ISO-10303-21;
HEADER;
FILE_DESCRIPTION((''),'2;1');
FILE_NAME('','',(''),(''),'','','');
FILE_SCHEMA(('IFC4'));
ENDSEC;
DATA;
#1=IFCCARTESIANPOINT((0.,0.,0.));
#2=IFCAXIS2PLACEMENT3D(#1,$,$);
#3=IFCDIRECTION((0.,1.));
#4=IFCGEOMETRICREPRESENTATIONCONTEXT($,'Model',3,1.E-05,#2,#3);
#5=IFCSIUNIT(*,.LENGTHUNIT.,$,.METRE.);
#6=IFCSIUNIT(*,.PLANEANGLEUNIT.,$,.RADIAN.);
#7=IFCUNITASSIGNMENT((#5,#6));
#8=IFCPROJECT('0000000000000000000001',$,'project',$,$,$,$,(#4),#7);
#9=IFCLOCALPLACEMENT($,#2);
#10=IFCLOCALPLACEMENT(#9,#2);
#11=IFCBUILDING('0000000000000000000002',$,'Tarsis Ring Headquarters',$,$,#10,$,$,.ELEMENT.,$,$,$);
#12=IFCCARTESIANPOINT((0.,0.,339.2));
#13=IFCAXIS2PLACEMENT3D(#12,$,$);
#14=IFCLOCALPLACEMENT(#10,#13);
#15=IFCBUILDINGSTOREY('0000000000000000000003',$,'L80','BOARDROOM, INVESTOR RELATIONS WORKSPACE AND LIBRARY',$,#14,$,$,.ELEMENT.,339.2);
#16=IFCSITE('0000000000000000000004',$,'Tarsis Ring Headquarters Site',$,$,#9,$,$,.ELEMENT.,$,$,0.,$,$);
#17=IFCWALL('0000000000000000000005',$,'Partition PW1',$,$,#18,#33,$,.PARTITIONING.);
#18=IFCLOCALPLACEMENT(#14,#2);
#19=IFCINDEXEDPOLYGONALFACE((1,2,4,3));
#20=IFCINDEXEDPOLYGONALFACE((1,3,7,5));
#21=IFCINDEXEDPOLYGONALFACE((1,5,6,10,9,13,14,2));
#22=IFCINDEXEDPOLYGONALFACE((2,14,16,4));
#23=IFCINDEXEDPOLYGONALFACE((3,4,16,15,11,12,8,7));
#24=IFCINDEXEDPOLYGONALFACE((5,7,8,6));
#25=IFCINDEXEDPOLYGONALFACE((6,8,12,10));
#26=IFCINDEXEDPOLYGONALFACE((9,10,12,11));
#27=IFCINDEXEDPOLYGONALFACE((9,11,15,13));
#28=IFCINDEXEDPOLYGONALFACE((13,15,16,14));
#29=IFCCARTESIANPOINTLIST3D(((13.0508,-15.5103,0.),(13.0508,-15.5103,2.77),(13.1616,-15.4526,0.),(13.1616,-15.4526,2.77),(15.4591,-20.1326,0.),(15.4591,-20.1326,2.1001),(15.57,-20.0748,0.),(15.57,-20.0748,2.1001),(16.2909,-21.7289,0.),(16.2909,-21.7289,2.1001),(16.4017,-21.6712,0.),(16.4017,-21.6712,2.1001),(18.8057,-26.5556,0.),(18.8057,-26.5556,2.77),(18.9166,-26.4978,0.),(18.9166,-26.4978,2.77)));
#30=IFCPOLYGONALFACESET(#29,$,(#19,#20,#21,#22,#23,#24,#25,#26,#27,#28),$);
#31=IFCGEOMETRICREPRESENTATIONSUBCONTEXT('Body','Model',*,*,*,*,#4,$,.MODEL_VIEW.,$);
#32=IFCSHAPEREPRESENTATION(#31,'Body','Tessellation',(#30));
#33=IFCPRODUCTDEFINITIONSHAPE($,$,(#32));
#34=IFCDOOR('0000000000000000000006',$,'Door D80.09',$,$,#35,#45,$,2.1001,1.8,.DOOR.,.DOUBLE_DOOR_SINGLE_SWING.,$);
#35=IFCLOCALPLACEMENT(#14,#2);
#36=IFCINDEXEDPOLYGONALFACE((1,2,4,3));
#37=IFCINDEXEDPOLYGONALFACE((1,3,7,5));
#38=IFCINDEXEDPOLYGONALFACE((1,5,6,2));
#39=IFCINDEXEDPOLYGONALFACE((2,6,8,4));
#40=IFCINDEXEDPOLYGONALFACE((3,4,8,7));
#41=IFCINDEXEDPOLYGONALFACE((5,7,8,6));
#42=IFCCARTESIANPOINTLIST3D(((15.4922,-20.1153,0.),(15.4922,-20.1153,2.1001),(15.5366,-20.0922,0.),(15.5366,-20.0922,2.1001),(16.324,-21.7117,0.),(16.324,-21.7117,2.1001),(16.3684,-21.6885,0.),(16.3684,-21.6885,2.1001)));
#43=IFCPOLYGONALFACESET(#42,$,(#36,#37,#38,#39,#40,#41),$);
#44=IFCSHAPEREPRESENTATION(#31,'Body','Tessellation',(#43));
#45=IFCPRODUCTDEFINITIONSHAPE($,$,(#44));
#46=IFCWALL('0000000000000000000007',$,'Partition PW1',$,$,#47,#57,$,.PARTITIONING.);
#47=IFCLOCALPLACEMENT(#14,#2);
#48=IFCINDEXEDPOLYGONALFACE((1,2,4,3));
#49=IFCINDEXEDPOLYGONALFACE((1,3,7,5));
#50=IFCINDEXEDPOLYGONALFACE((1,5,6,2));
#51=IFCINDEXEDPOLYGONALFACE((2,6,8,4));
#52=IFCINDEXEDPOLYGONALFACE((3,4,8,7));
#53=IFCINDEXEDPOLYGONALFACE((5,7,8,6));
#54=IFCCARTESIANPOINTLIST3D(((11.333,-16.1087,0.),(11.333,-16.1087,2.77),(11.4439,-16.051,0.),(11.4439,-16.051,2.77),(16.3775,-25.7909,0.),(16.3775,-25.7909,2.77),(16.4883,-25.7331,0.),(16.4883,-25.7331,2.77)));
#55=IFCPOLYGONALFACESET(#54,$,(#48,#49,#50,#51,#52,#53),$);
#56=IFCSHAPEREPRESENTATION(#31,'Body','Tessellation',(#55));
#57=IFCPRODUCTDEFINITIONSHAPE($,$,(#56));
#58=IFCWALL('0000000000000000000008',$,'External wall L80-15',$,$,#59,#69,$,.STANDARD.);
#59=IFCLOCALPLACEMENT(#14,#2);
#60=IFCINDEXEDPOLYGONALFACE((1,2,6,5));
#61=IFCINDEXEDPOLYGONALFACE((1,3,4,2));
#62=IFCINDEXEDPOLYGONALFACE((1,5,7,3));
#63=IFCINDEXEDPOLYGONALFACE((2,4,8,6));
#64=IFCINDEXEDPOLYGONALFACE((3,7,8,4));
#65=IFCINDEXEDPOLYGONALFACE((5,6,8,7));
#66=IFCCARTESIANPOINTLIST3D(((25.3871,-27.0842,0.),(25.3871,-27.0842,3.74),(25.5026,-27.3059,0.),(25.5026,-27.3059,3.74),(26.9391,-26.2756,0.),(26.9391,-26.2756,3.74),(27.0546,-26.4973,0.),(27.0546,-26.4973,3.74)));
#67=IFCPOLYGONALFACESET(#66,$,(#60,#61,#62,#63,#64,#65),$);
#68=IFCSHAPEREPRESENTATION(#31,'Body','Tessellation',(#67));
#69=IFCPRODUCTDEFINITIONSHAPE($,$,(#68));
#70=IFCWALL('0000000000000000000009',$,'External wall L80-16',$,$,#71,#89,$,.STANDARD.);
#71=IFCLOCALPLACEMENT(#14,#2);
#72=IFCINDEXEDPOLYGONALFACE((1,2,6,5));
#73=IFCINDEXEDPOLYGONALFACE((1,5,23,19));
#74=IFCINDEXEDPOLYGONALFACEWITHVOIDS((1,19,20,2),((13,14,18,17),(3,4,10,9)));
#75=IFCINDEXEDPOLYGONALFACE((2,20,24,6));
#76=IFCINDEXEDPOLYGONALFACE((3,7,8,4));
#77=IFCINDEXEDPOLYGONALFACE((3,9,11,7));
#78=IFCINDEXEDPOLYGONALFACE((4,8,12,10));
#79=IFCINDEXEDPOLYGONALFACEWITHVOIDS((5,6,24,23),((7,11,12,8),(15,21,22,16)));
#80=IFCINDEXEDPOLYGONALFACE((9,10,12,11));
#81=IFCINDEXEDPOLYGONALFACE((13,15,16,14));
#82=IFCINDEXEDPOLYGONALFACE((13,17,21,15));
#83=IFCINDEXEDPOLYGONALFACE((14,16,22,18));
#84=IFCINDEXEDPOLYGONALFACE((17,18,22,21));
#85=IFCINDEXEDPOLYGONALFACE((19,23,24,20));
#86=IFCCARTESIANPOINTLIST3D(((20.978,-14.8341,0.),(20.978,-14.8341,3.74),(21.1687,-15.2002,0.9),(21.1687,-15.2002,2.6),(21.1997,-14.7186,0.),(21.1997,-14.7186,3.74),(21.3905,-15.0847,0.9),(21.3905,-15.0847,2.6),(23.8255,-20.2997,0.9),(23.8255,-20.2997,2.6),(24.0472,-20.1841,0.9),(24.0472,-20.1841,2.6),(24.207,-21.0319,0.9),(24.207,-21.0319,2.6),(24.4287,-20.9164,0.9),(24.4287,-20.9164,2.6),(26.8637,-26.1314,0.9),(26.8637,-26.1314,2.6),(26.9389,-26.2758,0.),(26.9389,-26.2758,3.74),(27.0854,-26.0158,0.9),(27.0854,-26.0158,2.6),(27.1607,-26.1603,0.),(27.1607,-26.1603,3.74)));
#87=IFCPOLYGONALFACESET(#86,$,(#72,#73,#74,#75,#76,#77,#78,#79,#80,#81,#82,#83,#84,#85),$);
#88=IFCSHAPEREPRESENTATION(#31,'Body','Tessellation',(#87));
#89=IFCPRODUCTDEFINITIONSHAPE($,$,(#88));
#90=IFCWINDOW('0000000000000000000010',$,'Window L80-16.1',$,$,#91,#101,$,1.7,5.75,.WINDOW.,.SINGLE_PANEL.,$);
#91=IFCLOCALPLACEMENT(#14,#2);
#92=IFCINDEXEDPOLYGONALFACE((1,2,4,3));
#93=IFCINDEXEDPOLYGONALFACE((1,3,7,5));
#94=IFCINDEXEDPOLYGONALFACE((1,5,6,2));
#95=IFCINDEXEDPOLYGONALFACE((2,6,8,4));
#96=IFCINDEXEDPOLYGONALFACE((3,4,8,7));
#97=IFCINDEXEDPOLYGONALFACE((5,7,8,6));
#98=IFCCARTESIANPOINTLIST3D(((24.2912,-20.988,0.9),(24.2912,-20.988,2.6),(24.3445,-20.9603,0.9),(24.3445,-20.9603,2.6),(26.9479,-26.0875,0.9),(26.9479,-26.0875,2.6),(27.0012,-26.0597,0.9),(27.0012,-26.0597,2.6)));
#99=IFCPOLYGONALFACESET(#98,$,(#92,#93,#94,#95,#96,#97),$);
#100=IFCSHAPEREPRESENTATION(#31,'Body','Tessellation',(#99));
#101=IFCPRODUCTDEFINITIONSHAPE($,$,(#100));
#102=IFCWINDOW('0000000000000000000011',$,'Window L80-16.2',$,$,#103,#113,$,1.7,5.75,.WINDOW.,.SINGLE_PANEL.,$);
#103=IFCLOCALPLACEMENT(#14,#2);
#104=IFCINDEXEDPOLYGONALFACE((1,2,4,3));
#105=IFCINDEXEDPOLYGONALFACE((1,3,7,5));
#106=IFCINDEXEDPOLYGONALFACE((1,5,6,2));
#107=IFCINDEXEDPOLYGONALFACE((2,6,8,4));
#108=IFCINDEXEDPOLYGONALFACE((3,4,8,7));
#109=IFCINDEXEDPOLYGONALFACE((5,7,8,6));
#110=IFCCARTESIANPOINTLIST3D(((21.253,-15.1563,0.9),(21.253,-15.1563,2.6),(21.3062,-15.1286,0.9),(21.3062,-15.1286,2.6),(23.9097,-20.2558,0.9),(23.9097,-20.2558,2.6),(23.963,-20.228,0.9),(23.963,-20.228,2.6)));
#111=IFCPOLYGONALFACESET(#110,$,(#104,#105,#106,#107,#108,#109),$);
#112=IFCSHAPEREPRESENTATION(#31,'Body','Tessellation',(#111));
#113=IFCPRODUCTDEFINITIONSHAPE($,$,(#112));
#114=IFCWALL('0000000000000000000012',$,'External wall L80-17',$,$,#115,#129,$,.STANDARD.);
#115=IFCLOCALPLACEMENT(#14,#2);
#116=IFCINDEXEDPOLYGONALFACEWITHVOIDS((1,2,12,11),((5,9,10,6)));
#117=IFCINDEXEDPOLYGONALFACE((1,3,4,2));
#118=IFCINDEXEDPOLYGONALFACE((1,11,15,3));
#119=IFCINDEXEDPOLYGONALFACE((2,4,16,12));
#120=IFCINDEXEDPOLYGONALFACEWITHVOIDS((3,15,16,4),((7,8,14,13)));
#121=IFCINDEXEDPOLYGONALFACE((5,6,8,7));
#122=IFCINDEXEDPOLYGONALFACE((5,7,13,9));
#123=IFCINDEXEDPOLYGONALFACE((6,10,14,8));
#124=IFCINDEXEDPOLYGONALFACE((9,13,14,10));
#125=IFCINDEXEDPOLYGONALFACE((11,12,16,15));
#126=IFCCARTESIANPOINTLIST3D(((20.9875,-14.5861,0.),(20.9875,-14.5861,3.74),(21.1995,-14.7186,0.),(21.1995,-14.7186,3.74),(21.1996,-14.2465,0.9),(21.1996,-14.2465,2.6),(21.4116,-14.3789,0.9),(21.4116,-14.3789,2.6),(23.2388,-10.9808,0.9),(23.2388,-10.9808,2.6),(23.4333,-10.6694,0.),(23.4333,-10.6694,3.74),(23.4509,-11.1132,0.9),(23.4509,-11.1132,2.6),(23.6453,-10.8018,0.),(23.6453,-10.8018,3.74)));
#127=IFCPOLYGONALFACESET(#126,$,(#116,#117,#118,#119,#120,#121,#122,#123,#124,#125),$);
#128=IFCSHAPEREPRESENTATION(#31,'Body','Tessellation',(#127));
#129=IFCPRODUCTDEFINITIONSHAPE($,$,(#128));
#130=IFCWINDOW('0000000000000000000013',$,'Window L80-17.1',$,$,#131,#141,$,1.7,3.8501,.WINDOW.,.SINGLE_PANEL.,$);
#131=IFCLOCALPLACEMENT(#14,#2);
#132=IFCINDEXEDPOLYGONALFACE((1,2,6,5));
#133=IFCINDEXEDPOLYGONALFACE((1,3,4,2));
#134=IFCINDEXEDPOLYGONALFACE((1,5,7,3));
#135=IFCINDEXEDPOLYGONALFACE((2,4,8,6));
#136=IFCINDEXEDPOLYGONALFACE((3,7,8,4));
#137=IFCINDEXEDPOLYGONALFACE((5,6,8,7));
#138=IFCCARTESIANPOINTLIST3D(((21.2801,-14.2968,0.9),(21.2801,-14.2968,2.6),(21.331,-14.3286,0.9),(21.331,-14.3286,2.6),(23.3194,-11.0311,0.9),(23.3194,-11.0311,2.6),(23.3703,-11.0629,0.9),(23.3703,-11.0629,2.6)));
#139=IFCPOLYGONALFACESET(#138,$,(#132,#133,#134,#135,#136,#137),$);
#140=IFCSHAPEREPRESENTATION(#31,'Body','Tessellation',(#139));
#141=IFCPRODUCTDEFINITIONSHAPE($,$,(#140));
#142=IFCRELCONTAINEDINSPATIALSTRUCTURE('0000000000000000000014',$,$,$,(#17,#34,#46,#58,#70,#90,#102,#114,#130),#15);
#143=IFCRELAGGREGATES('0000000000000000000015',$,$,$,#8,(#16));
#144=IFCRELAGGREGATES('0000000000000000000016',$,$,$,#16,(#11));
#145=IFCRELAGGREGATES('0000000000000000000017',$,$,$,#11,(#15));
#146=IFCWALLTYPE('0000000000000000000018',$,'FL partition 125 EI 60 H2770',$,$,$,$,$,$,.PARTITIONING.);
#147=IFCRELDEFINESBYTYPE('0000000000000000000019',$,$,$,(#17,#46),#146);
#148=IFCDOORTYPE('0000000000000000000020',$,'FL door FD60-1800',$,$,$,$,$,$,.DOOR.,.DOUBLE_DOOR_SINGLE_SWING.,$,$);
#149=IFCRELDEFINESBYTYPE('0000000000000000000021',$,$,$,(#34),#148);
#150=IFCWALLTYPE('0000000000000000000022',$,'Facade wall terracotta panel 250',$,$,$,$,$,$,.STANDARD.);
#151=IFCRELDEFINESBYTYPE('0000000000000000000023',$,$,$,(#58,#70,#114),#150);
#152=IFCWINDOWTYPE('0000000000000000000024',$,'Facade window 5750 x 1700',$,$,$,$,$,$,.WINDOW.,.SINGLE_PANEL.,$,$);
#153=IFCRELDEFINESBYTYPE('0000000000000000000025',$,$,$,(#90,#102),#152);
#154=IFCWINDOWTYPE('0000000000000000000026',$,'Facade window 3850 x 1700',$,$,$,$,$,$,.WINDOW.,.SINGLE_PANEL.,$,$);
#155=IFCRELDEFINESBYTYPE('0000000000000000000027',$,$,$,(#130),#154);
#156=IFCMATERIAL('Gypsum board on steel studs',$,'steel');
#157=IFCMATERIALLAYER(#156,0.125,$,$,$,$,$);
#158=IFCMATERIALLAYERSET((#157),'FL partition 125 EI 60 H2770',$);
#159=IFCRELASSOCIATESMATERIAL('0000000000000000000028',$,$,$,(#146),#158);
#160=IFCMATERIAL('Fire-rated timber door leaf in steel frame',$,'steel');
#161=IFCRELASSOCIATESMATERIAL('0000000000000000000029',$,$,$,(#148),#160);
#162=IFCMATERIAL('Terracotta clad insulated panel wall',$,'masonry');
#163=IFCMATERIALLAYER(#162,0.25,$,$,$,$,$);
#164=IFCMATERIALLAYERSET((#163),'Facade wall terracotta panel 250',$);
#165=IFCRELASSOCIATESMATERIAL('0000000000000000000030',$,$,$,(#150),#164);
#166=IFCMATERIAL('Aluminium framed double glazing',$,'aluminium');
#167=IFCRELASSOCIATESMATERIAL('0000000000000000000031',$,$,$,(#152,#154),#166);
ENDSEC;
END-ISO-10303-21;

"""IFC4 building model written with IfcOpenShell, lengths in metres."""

from ifc_helpers import new_model, si_unit, direction, frame, frame_2d, origin, place, context, subcontext, project, spatial, rectangle, extrude, material, layer, layer_set, type_object, element, fill, save


model = new_model("IFC4")

# Units and contexts
model_context = context("Model", 3, precision=1e-05, world=origin(), true_north=direction((0.0, 1.0)))
body_context = subcontext(model_context, "Body", "Model", "MODEL_VIEW")
ifc_project = project(units=[si_unit("LENGTHUNIT", "METRE"), si_unit("PLANEANGLEUNIT", "RADIAN")], contexts=[model_context])

# Site, building, storey
site_placement = place(None, origin())
site = spatial("IfcSite", under=ifc_project, at=site_placement, Name="Tarsis Ring Headquarters Site", CompositionType="ELEMENT", RefElevation=0.0)
building_placement = place(site_placement, origin())
building = spatial("IfcBuilding", under=site, at=building_placement, Name="Tarsis Ring Headquarters", CompositionType="ELEMENT")
storey_placement = place(building_placement, frame((0.0, 0.0, 339.2)))
storey = spatial("IfcBuildingStorey", under=building, at=storey_placement, Name="L80", Description="BOARDROOM, INVESTOR RELATIONS WORKSPACE AND LIBRARY", CompositionType="ELEMENT", Elevation=339.2)

# Shared definitions
ifc_material_1 = material(Name="Gypsum board on steel studs", Category="steel")

# Shared definitions
ifc_layer_1 = layer(ifc_material_1, 0.125)
ifc_layer_set_1 = layer_set([ifc_layer_1], Name="FL partition 125 EI 60 H2770")
wall_type_1 = type_object("IfcWallType", Name="FL partition 125 EI 60 H2770", PredefinedType="PARTITIONING", material=ifc_layer_set_1)
ifc_material_2 = material(Name="Fire-rated timber door leaf in steel frame", Category="steel")
door_type = type_object("IfcDoorType", Name="FL door FD60-1800", OperationType="DOUBLE_DOOR_SINGLE_SWING", PredefinedType="DOOR", material=ifc_material_2)

# Wall, opening, door
wall_1_placement = place(storey_placement, frame((13.1062, -15.4814, 0.0), z_axis=(0.0, 0.0, 1.0), x_axis=(0.462073, -0.886842, 0.0)))
wall_1 = element("IfcWall", 1, at=wall_1_placement, inside=storey, type_object=wall_type_1, Name="Partition PW1", PredefinedType="PARTITIONING", context=body_context, shape_type="SweptSolid", body=[
    extrude(rectangle(XDim=12.4546, YDim=0.125, at=frame_2d((6.2273, 0.0))), origin(), (0.0, 0.0, 1.0), 2.77),
])
opening_1_placement = place(wall_1_placement, frame((5.2122, 0.0, 0.0)))
opening_1 = element("IfcOpeningElement", 2, at=opening_1_placement, cuts=wall_1, PredefinedType="OPENING", context=body_context, shape_type="SweptSolid", body=[
    extrude(rectangle(XDim=1.8, YDim=2.1001, at=frame_2d((0.8999, 1.05))), frame((0.0, 0.0725, 0.0), z_axis=(0.0, -1.0, 0.0), x_axis=(1.0, 0.0, 0.0)), (0.0, 0.0, 1.0), 0.145),
])
door_1_placement = place(opening_1_placement, origin())
door_1 = element("IfcDoor", 3, at=door_1_placement, inside=storey, type_object=door_type, Name="Door D80.09", OperationType="DOUBLE_DOOR_SINGLE_SWING", OverallHeight=2.1001, OverallWidth=1.8, PredefinedType="DOOR", context=body_context, shape_type="SweptSolid", body=[
    extrude(rectangle(XDim=1.8, YDim=2.1001, at=frame_2d((0.8999, 1.05))), frame((0.0, 0.0249, 0.0), z_axis=(0.0, -1.0, 0.0), x_axis=(1.0, 0.0, 0.0)), (0.0, 0.0, 1.0), 0.05),
])
fill(opening_1, door_1)

# Walls
wall_2_placement = place(storey_placement, frame((11.3884, -16.0798, 0.0), z_axis=(0.0, 0.0, 1.0), x_axis=(0.462054, -0.886852, 0.0)))
element("IfcWall", 4, at=wall_2_placement, inside=storey, type_object=wall_type_1, Name="Partition PW1", PredefinedType="PARTITIONING", context=body_context, shape_type="SweptSolid", body=[
    extrude(rectangle(XDim=10.9175, YDim=0.125, at=frame_2d((5.4587, 0.0))), origin(), (0.0, 0.0, 1.0), 2.77),
])
ifc_material_3 = material(Name="Terracotta clad insulated panel wall", Category="masonry")
ifc_layer_2 = layer(ifc_material_3, 0.25)
ifc_layer_set_2 = layer_set([ifc_layer_2], Name="Facade wall terracotta panel 250")
wall_type_2 = type_object("IfcWallType", Name="Facade wall terracotta panel 250", PredefinedType="STANDARD", material=ifc_layer_set_2)
wall_3_placement = place(storey_placement, frame((25.4448, -27.1951, 0.0), z_axis=(0.0, 0.0, 1.0), x_axis=(0.886853, 0.462051, 0.0)))
element("IfcWall", 5, at=wall_3_placement, inside=storey, type_object=wall_type_2, Name="External wall L80-15", PredefinedType="STANDARD", context=body_context, shape_type="SweptSolid", body=[
    extrude(rectangle(XDim=1.75, YDim=0.25, at=frame_2d((0.875, 0.0))), origin(), (0.0, 0.0, 1.0), 3.74),
])

# Wall, openings, windows
wall_4_placement = place(storey_placement, frame((27.0498, -26.218, 0.0), z_axis=(0.0, 0.0, 1.0), x_axis=(-0.462041, 0.886859, 0.0)))
wall_4 = element("IfcWall", 6, at=wall_4_placement, inside=storey, type_object=wall_type_2, Name="External wall L80-16", PredefinedType="STANDARD", context=body_context, shape_type="SweptSolid", body=[
    extrude(rectangle(XDim=12.9014, YDim=0.25, at=frame_2d((6.4507, 0.0))), origin(), (0.0, 0.0, 1.0), 3.74),
])
opening_2_placement = place(wall_4_placement, frame((0.1628, 0.0, 0.8999)))
opening_2 = element("IfcOpeningElement", 7, at=opening_2_placement, cuts=wall_4, PredefinedType="OPENING", context=body_context, shape_type="SweptSolid", body=[
    extrude(rectangle(XDim=5.75, YDim=1.7, at=frame_2d((2.875, 0.8501))), frame((0.0, 0.135, 0.0), z_axis=(0.0, -1.0, 0.0), x_axis=(1.0, 0.0, 0.0)), (0.0, 0.0, 1.0), 0.27),
])
opening_3_placement = place(wall_4_placement, frame((6.7385, 0.0, 0.8999)))
opening_3 = element("IfcOpeningElement", 8, at=opening_3_placement, cuts=wall_4, PredefinedType="OPENING", context=body_context, shape_type="SweptSolid", body=[
    extrude(rectangle(XDim=5.75, YDim=1.7, at=frame_2d((2.875, 0.8501))), frame((0.0, 0.135, 0.0), z_axis=(0.0, -1.0, 0.0), x_axis=(1.0, 0.0, 0.0)), (0.0, 0.0, 1.0), 0.27),
])
ifc_material_4 = material(Name="Aluminium framed double glazing", Category="aluminium")
window_type_1 = type_object("IfcWindowType", Name="Facade window 5750 x 1700", PartitioningType="SINGLE_PANEL", PredefinedType="WINDOW", material=ifc_material_4)
window_1_placement = place(opening_2_placement, origin())
window_1 = element("IfcWindow", 9, at=window_1_placement, inside=storey, type_object=window_type_1, Name="Window L80-16.1", OverallHeight=1.7, OverallWidth=5.75, PartitioningType="SINGLE_PANEL", PredefinedType="WINDOW", context=body_context, shape_type="SweptSolid", body=[
    extrude(rectangle(XDim=5.75, YDim=1.7, at=frame_2d((2.875, 0.8501))), frame((0.0, 0.03, 0.0), z_axis=(0.0, -1.0, 0.0), x_axis=(1.0, 0.0, 0.0)), (0.0, 0.0, 1.0), 0.0601),
])
fill(opening_2, window_1)
window_2_placement = place(opening_3_placement, origin())
window_2 = element("IfcWindow", 10, at=window_2_placement, inside=storey, type_object=window_type_1, Name="Window L80-16.2", OverallHeight=1.7, OverallWidth=5.75, PartitioningType="SINGLE_PANEL", PredefinedType="WINDOW", context=body_context, shape_type="SweptSolid", body=[
    extrude(rectangle(XDim=5.75, YDim=1.7, at=frame_2d((2.875, 0.8501))), frame((0.0, 0.03, 0.0), z_axis=(0.0, -1.0, 0.0), x_axis=(1.0, 0.0, 0.0)), (0.0, 0.0, 1.0), 0.0601),
])
fill(opening_3, window_2)

# Wall, opening, window
wall_5_placement = place(storey_placement, frame((21.0935, -14.6523, 0.0), z_axis=(0.0, 0.0, 1.0), x_axis=(0.529661, 0.848209, 0.0)))
wall_5 = element("IfcWall", 11, at=wall_5_placement, inside=storey, type_object=wall_type_2, Name="External wall L80-17", PredefinedType="STANDARD", context=body_context, shape_type="SweptSolid", body=[
    extrude(rectangle(XDim=4.6177, YDim=0.25, at=frame_2d((2.3088, 0.0))), origin(), (0.0, 0.0, 1.0), 3.74),
])
opening_4_placement = place(wall_5_placement, frame((0.4004, 0.0, 0.8999)))
opening_4 = element("IfcOpeningElement", 12, at=opening_4_placement, cuts=wall_5, PredefinedType="OPENING", context=body_context, shape_type="SweptSolid", body=[
    extrude(rectangle(XDim=3.8501, YDim=1.7, at=frame_2d((1.925, 0.8501))), frame((0.0, 0.135, 0.0), z_axis=(0.0, -1.0, 0.0), x_axis=(1.0, 0.0, 0.0)), (0.0, 0.0, 1.0), 0.27),
])
window_type_2 = type_object("IfcWindowType", Name="Facade window 3850 x 1700", PartitioningType="SINGLE_PANEL", PredefinedType="WINDOW", material=ifc_material_4)
window_3_placement = place(opening_4_placement, origin())
window_3 = element("IfcWindow", 13, at=window_3_placement, inside=storey, type_object=window_type_2, Name="Window L80-17.1", OverallHeight=1.7, OverallWidth=3.8501, PartitioningType="SINGLE_PANEL", PredefinedType="WINDOW", context=body_context, shape_type="SweptSolid", body=[
    extrude(rectangle(XDim=3.8501, YDim=1.7, at=frame_2d((1.925, 0.8501))), frame((0.0, 0.03, 0.0), z_axis=(0.0, -1.0, 0.0), x_axis=(1.0, 0.0, 0.0)), (0.0, 0.0, 1.0), 0.0601),
])
fill(opening_4, window_3)

save(model, "model.ifc")
